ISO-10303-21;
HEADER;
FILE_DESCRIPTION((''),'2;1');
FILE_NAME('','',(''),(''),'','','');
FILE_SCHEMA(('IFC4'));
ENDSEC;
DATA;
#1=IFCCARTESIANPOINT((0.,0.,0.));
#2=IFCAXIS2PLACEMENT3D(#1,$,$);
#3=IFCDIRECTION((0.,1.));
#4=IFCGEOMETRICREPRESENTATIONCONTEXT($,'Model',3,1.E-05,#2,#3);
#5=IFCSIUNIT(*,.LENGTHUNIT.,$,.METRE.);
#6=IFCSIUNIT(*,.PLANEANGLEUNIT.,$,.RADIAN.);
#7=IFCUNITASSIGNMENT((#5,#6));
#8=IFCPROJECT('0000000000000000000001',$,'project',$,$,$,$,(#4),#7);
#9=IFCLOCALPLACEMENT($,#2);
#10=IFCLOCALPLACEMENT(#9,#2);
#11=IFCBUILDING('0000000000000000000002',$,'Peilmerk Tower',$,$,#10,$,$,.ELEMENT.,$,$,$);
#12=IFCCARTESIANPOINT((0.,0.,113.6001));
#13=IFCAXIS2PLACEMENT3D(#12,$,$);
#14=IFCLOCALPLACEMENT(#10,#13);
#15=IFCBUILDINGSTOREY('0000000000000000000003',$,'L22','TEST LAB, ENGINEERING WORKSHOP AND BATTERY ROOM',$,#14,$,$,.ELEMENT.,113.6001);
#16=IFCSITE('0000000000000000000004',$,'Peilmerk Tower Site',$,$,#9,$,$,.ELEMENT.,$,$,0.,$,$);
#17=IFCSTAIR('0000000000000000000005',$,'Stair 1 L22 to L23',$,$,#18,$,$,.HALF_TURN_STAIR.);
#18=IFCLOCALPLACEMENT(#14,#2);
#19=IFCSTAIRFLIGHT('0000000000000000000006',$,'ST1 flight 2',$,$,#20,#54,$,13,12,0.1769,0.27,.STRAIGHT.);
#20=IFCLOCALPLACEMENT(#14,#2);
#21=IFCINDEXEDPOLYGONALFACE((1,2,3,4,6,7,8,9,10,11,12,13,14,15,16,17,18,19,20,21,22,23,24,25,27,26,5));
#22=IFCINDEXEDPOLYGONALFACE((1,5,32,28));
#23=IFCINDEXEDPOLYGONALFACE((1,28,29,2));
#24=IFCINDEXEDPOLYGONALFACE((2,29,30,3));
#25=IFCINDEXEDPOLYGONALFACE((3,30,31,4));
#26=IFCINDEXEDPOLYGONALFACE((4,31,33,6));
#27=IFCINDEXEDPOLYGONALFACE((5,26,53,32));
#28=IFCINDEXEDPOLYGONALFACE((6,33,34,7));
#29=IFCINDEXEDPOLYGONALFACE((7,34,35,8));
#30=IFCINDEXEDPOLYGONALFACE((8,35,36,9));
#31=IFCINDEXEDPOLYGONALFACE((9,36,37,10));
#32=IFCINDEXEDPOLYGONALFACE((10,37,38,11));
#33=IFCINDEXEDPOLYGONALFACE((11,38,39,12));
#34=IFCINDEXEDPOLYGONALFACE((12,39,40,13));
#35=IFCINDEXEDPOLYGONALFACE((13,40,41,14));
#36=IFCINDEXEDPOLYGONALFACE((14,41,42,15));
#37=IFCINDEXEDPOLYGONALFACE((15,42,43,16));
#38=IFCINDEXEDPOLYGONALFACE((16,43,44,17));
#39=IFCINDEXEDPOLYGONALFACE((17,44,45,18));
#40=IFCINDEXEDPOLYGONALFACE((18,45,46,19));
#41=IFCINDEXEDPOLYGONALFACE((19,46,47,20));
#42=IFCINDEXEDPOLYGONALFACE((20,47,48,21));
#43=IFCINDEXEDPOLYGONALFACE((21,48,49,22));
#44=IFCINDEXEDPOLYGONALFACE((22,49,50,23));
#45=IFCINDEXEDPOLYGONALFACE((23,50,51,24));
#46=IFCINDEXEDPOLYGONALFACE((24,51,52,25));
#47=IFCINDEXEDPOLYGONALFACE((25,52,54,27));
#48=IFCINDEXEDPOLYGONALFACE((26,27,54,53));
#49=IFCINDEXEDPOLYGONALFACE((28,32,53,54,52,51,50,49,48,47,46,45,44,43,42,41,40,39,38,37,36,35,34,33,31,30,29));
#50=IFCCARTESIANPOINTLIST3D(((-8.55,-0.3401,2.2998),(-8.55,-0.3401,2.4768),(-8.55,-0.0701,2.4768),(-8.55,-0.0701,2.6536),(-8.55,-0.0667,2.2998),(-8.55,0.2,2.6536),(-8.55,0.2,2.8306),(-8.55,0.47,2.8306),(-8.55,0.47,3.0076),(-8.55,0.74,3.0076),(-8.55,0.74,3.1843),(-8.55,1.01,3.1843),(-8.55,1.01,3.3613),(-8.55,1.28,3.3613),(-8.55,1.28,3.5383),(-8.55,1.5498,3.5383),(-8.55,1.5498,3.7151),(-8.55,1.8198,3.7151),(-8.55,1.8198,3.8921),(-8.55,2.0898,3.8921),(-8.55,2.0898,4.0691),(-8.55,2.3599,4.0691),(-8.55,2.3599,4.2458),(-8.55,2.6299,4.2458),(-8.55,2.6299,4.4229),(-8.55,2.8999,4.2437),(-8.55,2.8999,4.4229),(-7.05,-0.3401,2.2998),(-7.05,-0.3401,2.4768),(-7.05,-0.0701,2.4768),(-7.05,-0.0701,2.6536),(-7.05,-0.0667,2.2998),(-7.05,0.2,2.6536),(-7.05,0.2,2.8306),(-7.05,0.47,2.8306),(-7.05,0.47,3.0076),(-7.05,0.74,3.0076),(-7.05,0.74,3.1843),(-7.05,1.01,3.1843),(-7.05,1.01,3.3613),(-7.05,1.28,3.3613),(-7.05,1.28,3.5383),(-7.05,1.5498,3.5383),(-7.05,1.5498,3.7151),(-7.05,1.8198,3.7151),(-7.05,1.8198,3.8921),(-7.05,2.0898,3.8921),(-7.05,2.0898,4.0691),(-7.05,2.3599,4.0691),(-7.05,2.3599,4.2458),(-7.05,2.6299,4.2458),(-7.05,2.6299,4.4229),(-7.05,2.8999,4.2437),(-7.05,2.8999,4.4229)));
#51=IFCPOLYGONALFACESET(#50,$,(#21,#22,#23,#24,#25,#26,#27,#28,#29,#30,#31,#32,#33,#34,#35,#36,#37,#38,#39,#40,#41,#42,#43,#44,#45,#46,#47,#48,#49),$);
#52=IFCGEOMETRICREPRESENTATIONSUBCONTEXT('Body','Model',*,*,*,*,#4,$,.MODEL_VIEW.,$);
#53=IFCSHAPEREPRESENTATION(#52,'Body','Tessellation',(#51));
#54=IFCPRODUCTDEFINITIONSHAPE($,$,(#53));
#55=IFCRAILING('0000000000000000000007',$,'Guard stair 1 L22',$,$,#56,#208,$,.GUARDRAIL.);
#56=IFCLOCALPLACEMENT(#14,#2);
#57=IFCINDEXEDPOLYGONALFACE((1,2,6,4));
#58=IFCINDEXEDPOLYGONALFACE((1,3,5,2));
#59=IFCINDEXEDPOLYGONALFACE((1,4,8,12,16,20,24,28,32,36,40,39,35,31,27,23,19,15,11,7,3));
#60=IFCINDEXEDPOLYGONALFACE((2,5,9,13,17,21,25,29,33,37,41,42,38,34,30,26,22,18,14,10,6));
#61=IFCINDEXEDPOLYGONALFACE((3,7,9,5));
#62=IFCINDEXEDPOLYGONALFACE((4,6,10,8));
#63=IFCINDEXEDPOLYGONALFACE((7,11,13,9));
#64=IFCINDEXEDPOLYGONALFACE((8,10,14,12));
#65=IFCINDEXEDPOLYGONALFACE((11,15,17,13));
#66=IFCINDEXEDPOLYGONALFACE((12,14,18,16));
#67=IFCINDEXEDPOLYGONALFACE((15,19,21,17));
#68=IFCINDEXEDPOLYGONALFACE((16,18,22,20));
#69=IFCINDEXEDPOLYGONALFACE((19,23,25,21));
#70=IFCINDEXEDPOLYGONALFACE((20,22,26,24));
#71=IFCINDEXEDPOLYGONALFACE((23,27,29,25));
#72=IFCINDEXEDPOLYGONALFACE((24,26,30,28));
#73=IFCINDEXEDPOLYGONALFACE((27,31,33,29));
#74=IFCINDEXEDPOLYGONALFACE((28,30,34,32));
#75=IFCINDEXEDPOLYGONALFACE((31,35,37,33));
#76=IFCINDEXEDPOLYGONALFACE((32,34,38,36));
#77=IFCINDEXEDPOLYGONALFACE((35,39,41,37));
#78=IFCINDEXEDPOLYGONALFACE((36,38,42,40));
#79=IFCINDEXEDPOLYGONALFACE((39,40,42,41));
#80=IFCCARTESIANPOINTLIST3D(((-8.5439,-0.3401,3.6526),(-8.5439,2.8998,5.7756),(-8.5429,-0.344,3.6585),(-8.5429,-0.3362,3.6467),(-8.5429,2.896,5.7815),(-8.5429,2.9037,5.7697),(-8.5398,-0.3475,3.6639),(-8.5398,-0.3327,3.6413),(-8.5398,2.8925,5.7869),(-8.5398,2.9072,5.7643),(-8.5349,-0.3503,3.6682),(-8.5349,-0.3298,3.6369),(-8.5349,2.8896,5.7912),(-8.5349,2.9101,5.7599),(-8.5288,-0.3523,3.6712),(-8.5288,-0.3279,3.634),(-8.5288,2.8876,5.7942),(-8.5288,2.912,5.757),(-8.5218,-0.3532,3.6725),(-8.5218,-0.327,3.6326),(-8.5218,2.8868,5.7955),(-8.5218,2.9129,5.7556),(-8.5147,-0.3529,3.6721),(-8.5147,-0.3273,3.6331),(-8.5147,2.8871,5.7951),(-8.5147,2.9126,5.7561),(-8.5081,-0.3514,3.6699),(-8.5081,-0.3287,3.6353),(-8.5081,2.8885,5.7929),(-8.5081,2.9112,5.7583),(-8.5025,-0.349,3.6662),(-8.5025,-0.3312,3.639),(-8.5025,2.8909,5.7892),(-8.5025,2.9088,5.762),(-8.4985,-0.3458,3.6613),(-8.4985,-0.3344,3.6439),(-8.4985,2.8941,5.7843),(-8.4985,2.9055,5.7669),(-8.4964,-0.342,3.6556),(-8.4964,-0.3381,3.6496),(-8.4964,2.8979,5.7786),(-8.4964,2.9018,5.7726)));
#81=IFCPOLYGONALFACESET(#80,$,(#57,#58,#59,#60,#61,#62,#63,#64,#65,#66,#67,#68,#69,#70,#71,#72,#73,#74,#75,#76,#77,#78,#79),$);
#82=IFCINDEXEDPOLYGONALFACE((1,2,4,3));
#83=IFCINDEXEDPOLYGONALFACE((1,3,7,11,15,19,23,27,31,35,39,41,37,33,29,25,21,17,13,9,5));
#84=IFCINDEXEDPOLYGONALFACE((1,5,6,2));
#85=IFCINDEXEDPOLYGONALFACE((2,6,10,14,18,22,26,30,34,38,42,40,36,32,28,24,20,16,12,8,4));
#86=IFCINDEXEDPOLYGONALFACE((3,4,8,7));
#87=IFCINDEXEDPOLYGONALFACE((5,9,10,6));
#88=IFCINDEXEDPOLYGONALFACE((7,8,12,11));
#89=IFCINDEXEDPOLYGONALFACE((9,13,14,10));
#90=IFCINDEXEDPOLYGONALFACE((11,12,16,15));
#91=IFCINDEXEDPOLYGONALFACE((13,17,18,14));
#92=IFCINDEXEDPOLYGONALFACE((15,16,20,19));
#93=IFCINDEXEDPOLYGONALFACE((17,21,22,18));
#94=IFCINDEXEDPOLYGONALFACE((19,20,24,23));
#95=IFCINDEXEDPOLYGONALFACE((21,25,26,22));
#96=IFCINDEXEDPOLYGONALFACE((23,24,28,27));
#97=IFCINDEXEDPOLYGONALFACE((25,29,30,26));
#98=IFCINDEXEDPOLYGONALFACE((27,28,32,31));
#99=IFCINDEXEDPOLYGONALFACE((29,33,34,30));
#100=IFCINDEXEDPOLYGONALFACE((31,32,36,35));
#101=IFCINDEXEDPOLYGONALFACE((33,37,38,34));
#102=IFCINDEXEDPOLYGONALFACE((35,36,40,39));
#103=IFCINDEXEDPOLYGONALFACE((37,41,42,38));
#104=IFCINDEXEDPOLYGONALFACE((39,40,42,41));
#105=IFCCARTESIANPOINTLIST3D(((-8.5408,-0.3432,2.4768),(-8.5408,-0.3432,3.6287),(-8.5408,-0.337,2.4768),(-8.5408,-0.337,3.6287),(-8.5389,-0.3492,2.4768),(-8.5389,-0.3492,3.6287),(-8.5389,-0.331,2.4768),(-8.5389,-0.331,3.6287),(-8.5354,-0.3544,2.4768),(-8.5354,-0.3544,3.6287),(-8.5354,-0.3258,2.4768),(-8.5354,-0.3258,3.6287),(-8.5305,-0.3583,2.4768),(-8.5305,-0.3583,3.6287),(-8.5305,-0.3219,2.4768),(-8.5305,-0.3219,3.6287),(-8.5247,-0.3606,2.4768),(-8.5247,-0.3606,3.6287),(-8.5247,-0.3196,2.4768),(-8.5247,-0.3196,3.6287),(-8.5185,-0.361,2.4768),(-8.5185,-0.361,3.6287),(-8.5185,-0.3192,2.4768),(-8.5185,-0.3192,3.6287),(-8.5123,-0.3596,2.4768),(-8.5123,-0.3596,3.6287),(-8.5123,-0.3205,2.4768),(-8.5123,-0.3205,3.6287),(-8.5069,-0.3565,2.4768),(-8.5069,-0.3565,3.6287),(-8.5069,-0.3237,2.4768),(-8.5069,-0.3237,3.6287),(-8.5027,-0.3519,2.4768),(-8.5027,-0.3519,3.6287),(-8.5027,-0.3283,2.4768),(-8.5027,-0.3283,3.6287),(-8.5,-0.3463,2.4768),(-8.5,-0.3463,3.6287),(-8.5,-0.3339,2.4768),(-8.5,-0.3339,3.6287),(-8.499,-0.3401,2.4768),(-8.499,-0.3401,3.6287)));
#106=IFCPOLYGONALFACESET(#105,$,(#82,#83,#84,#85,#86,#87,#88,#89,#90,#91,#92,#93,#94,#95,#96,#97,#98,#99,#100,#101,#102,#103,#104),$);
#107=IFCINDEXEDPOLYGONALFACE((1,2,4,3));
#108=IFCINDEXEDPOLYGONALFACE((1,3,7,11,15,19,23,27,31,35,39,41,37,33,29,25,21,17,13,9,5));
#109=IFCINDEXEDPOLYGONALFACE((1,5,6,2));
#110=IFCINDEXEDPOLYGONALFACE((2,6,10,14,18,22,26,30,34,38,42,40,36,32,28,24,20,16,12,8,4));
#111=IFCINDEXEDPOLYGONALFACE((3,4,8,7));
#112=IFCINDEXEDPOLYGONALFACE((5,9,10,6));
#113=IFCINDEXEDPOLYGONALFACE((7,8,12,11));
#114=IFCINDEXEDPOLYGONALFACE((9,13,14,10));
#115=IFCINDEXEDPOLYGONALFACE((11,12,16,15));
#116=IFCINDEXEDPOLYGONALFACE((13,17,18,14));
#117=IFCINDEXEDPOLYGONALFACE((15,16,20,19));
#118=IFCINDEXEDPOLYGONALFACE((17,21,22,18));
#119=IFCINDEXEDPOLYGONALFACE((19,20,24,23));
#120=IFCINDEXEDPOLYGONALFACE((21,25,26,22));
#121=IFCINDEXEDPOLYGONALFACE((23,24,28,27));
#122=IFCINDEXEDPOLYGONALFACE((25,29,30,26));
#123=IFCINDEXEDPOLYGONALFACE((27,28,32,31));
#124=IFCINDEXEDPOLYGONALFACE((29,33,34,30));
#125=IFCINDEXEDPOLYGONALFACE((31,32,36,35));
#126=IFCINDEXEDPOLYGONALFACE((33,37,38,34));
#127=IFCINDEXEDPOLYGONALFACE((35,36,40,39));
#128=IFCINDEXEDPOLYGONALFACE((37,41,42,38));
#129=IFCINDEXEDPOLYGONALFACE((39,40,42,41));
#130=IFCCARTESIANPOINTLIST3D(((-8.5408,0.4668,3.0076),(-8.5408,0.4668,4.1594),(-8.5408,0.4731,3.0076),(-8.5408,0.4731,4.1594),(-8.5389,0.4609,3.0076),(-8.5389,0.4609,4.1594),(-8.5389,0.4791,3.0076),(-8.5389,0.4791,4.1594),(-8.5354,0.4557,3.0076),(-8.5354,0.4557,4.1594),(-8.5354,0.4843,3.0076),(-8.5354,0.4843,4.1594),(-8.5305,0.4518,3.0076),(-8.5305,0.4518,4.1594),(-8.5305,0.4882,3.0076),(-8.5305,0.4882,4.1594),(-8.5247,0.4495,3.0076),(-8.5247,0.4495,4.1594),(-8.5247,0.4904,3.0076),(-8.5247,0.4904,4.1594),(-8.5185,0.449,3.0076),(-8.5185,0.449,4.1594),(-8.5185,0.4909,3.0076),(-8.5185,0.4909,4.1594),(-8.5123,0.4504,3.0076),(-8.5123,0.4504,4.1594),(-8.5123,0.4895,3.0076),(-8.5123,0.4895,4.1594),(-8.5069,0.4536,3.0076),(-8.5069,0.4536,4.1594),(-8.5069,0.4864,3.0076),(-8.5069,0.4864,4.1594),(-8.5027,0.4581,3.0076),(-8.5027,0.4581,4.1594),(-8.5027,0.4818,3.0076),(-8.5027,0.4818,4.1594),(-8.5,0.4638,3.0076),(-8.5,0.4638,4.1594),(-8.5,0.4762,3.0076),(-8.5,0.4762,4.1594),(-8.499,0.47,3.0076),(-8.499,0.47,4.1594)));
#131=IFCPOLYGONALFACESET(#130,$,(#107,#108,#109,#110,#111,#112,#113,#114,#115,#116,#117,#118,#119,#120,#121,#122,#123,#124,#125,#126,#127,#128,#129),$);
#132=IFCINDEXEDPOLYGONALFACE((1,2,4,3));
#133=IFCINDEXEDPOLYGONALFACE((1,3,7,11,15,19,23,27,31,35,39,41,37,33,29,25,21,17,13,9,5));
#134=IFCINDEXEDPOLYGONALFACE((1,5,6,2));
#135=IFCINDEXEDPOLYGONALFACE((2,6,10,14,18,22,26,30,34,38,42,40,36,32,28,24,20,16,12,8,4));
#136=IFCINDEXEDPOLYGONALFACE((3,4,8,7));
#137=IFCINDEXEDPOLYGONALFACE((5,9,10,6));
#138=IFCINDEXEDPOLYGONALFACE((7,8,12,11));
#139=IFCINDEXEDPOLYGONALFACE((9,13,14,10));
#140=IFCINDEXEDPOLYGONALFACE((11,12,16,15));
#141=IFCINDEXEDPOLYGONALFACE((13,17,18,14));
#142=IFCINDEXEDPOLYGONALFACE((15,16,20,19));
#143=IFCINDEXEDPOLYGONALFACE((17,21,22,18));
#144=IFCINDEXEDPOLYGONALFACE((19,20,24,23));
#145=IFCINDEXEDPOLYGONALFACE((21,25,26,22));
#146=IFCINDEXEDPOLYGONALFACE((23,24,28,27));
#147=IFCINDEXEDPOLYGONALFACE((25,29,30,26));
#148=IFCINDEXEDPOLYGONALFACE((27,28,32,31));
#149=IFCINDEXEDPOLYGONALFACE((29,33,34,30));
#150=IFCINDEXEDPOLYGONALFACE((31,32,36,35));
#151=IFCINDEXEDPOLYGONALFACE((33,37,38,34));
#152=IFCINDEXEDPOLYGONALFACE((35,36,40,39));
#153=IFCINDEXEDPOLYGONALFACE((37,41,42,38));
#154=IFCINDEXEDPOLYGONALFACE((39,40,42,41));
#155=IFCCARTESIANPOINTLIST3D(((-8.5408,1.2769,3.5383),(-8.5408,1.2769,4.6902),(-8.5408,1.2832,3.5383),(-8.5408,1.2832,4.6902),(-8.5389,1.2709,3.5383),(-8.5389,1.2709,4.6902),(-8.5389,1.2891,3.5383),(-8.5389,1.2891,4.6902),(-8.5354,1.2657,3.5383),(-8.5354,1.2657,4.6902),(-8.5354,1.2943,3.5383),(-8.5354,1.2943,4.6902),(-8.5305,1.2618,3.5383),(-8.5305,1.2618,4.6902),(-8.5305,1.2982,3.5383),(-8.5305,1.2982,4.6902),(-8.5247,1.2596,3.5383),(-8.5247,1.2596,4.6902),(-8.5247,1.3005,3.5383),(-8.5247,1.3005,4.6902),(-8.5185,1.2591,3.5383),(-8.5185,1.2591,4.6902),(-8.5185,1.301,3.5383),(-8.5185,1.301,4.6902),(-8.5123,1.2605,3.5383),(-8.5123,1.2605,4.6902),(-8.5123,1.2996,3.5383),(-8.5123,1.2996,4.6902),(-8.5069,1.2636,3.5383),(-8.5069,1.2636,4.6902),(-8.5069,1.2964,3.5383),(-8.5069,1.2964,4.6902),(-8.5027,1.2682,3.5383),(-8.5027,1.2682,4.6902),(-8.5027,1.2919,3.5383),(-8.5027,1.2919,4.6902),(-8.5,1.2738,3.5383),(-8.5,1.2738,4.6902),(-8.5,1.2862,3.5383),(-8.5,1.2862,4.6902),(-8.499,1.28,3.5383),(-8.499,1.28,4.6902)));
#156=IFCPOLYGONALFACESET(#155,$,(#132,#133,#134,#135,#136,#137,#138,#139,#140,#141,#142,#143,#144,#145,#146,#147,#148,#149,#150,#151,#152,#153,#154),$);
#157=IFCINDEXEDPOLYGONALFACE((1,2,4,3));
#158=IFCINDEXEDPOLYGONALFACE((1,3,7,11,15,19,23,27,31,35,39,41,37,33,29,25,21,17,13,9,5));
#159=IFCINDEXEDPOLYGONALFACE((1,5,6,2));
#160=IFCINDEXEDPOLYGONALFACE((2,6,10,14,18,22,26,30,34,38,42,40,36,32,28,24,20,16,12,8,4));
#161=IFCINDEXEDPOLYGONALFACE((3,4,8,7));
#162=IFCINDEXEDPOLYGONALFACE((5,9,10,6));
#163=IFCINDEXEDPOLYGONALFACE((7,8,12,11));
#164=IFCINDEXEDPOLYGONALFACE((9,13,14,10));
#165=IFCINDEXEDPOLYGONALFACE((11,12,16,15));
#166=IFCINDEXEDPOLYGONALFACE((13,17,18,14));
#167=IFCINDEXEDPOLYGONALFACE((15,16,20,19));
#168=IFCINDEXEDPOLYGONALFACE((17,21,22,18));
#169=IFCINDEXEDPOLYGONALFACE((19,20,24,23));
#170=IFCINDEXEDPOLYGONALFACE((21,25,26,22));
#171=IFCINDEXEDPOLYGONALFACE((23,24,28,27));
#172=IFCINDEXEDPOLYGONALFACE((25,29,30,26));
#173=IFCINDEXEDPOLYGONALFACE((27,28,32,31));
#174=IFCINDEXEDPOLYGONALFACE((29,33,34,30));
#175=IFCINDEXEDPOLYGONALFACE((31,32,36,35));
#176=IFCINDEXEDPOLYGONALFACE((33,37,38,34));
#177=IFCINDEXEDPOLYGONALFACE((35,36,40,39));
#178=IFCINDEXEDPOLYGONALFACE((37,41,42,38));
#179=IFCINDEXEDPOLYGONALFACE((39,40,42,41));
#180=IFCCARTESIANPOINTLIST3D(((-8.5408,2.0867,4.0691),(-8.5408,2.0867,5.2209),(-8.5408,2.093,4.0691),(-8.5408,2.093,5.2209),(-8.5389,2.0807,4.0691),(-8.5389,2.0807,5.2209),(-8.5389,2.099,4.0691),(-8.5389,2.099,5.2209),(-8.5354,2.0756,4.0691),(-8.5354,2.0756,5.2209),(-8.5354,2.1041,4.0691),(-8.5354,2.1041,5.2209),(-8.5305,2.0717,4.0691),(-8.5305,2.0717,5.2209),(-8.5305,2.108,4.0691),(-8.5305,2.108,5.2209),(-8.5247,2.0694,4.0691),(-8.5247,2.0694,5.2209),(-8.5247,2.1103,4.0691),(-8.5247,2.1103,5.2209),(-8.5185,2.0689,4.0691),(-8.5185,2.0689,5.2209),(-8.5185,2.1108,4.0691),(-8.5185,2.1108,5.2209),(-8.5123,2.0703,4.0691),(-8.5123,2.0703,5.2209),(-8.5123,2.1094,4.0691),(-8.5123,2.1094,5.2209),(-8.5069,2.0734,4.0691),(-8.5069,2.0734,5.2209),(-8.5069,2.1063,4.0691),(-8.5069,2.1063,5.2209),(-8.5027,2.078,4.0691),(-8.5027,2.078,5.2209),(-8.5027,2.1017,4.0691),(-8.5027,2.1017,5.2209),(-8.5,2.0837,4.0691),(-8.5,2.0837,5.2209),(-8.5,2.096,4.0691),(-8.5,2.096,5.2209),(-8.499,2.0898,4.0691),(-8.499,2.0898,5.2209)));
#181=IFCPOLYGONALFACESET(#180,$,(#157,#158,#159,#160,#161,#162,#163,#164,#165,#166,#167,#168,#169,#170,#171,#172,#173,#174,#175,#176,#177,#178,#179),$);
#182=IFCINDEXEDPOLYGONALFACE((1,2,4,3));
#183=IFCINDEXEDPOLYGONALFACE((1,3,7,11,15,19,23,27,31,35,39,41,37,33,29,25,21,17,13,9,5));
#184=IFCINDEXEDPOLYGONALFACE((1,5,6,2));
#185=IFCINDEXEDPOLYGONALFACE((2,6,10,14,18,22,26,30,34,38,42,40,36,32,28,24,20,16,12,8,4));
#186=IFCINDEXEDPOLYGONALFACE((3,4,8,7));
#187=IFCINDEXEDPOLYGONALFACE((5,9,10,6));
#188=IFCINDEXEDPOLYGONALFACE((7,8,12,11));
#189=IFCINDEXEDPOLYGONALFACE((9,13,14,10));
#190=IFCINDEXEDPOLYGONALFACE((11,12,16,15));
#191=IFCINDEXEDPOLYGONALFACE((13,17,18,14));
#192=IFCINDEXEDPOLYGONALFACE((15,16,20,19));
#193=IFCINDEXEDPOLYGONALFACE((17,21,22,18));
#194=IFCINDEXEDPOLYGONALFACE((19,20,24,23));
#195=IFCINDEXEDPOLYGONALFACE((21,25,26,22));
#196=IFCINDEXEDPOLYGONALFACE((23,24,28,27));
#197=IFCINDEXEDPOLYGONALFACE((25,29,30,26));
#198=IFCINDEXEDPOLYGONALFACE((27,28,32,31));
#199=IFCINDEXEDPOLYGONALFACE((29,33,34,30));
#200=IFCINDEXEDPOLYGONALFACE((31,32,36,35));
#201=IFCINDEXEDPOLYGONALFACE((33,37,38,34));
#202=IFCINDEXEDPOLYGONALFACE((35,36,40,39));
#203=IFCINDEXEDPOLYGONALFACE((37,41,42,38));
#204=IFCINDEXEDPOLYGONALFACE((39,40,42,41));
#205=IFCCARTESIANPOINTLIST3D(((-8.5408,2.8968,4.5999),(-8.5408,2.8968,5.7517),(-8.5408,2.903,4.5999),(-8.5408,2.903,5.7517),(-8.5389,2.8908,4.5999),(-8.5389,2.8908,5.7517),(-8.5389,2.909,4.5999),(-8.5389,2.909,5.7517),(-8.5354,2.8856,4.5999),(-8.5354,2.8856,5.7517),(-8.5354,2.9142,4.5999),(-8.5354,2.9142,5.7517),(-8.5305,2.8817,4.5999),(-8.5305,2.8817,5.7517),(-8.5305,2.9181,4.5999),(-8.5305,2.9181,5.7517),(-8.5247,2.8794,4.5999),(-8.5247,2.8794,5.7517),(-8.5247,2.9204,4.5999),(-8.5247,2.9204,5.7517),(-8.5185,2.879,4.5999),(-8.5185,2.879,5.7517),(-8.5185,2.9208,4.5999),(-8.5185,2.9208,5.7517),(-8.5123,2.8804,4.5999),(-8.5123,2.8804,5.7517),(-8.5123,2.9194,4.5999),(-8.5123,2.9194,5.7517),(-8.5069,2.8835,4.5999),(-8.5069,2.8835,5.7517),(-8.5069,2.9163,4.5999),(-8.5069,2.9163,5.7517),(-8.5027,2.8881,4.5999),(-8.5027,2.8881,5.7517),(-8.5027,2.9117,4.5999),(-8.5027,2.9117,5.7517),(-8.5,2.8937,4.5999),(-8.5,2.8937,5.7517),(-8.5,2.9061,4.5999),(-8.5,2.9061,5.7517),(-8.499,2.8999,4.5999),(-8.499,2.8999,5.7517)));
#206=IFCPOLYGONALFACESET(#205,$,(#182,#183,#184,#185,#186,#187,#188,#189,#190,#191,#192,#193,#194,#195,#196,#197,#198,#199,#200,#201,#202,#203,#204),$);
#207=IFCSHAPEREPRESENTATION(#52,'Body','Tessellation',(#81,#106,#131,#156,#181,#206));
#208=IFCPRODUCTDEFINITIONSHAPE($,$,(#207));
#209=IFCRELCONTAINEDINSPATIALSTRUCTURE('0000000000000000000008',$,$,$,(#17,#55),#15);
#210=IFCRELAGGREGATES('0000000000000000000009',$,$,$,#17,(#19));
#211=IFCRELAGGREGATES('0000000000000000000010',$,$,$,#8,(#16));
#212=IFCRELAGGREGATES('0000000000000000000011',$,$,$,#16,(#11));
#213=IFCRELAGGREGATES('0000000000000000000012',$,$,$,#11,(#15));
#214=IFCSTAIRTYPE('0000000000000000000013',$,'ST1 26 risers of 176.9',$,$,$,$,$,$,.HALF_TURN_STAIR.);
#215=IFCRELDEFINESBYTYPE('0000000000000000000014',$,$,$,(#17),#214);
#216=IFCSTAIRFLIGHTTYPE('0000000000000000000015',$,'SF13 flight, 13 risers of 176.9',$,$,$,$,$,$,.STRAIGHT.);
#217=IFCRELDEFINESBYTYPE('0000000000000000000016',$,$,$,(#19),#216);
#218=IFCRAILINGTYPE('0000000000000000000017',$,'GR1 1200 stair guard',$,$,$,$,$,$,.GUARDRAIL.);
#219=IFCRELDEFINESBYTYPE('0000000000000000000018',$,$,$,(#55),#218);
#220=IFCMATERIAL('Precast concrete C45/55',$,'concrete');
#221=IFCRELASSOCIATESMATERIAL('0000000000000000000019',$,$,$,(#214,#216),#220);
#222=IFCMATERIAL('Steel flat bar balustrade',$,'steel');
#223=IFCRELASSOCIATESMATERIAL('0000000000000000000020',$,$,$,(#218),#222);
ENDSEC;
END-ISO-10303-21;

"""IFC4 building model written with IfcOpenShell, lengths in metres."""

from ifc_helpers import new_model, si_unit, direction, frame, origin, origin_2d, place, context, subcontext, project, spatial, polyline, circle, outline, extrude, material, type_object, element, aggregate, save


model = new_model("IFC4")

# Units and contexts
model_context = context("Model", 3, precision=1e-05, world=origin(), true_north=direction((0.0, 1.0)))
body_context = subcontext(model_context, "Body", "Model", "MODEL_VIEW")
ifc_project = project(units=[si_unit("LENGTHUNIT", "METRE"), si_unit("PLANEANGLEUNIT", "RADIAN")], contexts=[model_context])

# Site, building, storey
site_placement = place(None, origin())
site = spatial("IfcSite", under=ifc_project, at=site_placement, Name="Peilmerk Tower Site", CompositionType="ELEMENT", RefElevation=0.0)
building_placement = place(site_placement, origin())
building = spatial("IfcBuilding", under=site, at=building_placement, Name="Peilmerk Tower", CompositionType="ELEMENT")
storey_placement = place(building_placement, frame((0.0, 0.0, 113.6001)))
storey = spatial("IfcBuildingStorey", under=building, at=storey_placement, Name="L22", Description="TEST LAB, ENGINEERING WORKSHOP AND BATTERY ROOM", CompositionType="ELEMENT", Elevation=113.6001)

# Stair, stair flight
ifc_material_1 = material(Name="Precast concrete C45/55", Category="concrete")
stair_type = type_object("IfcStairType", Name="ST1 26 risers of 176.9", PredefinedType="HALF_TURN_STAIR", material=ifc_material_1)
stair_placement = place(storey_placement, origin())
stair = element("IfcStair", 1, at=stair_placement, inside=storey, type_object=stair_type, Name="Stair 1 L22 to L23", PredefinedType="HALF_TURN_STAIR")
stair_flight_type = type_object("IfcStairFlightType", Name="SF13 flight, 13 risers of 176.9", PredefinedType="STRAIGHT", material=ifc_material_1)
stair_flight_placement = place(storey_placement, frame((-7.8, -0.3401, 2.2998), z_axis=(0.0, 0.0, 1.0), x_axis=(0.0, 1.0, 0.0)))
stair_flight = element("IfcStairFlight", 2, at=stair_flight_placement, type_object=stair_flight_type, Name="ST1 flight 2", NumberOfRisers=13, NumberOfTreads=12, PredefinedType="STRAIGHT", RiserHeight=0.1769, TreadLength=0.27, context=body_context, shape_type="SweptSolid", body=[
    extrude(outline(polyline([(0.0, 0.0), (0.0, 0.177), (0.27, 0.177), (0.27, 0.3538), (0.54, 0.3538), (0.54, 0.5308), (0.8101, 0.5308), (0.8101, 0.7078), (1.0801, 0.7078), (1.0801, 0.8845), (1.3501, 0.8845), (1.3501, 1.0615), (1.6201, 1.0615), (1.6201, 1.2385), (1.8899, 1.2385), (1.8899, 1.4153), (2.1599, 1.4153), (2.1599, 1.5923), (2.4299, 1.5923), (2.4299, 1.7693), (2.7, 1.7693), (2.7, 1.946), (2.97, 1.946), (2.97, 2.123), (3.24, 2.123), (3.24, 2.3), (3.24, 1.9438), (0.2734, 0.0), (0.0, 0.0)])), frame((0.0, 0.75, 0.0), z_axis=(0.0, -1.0, 0.0), x_axis=(1.0, 0.0, 0.0)), (0.0, 0.0, 1.0), 1.5),
])
aggregate(stair, [stair_flight])

# Railing
ifc_material_2 = material(Name="Steel flat bar balustrade", Category="steel")
railing_type_1 = type_object("IfcRailingType", Name="GR1 1200 stair guard", PredefinedType="GUARDRAIL", material=ifc_material_2)
railing_1_placement = place(storey_placement, frame((-8.52, -0.3401, 2.4768)))
element("IfcRailing", 3, at=railing_1_placement, inside=storey, type_object=railing_type_1, Name="Guard stair 1 L22", PredefinedType="GUARDRAIL", context=body_context, shape_type="SweptSolid", body=[
    extrude(circle(Radius=0.0239, at=origin_2d()), frame((0.0, 0.0, 1.1758), z_axis=(0.0, 0.836426, 0.548079), x_axis=(-1.0, 0.0, 0.0)), (0.0, 0.0, 1.0), 3.8735),
    extrude(circle(Radius=0.021, at=origin_2d()), origin(), (0.0, 0.0, 1.0), 1.1519),
    extrude(circle(Radius=0.021, at=origin_2d()), frame((0.0, 0.8101, 0.5308)), (0.0, 0.0, 1.0), 1.1519),
    extrude(circle(Radius=0.021, at=origin_2d()), frame((0.0, 1.6201, 1.0615)), (0.0, 0.0, 1.0), 1.1519),
    extrude(circle(Radius=0.021, at=origin_2d()), frame((0.0, 2.4299, 1.5923)), (0.0, 0.0, 1.0), 1.1519),
    extrude(circle(Radius=0.021, at=origin_2d()), frame((0.0, 3.24, 2.123)), (0.0, 0.0, 1.0), 1.1519),
])

save(model, "model.ifc")
